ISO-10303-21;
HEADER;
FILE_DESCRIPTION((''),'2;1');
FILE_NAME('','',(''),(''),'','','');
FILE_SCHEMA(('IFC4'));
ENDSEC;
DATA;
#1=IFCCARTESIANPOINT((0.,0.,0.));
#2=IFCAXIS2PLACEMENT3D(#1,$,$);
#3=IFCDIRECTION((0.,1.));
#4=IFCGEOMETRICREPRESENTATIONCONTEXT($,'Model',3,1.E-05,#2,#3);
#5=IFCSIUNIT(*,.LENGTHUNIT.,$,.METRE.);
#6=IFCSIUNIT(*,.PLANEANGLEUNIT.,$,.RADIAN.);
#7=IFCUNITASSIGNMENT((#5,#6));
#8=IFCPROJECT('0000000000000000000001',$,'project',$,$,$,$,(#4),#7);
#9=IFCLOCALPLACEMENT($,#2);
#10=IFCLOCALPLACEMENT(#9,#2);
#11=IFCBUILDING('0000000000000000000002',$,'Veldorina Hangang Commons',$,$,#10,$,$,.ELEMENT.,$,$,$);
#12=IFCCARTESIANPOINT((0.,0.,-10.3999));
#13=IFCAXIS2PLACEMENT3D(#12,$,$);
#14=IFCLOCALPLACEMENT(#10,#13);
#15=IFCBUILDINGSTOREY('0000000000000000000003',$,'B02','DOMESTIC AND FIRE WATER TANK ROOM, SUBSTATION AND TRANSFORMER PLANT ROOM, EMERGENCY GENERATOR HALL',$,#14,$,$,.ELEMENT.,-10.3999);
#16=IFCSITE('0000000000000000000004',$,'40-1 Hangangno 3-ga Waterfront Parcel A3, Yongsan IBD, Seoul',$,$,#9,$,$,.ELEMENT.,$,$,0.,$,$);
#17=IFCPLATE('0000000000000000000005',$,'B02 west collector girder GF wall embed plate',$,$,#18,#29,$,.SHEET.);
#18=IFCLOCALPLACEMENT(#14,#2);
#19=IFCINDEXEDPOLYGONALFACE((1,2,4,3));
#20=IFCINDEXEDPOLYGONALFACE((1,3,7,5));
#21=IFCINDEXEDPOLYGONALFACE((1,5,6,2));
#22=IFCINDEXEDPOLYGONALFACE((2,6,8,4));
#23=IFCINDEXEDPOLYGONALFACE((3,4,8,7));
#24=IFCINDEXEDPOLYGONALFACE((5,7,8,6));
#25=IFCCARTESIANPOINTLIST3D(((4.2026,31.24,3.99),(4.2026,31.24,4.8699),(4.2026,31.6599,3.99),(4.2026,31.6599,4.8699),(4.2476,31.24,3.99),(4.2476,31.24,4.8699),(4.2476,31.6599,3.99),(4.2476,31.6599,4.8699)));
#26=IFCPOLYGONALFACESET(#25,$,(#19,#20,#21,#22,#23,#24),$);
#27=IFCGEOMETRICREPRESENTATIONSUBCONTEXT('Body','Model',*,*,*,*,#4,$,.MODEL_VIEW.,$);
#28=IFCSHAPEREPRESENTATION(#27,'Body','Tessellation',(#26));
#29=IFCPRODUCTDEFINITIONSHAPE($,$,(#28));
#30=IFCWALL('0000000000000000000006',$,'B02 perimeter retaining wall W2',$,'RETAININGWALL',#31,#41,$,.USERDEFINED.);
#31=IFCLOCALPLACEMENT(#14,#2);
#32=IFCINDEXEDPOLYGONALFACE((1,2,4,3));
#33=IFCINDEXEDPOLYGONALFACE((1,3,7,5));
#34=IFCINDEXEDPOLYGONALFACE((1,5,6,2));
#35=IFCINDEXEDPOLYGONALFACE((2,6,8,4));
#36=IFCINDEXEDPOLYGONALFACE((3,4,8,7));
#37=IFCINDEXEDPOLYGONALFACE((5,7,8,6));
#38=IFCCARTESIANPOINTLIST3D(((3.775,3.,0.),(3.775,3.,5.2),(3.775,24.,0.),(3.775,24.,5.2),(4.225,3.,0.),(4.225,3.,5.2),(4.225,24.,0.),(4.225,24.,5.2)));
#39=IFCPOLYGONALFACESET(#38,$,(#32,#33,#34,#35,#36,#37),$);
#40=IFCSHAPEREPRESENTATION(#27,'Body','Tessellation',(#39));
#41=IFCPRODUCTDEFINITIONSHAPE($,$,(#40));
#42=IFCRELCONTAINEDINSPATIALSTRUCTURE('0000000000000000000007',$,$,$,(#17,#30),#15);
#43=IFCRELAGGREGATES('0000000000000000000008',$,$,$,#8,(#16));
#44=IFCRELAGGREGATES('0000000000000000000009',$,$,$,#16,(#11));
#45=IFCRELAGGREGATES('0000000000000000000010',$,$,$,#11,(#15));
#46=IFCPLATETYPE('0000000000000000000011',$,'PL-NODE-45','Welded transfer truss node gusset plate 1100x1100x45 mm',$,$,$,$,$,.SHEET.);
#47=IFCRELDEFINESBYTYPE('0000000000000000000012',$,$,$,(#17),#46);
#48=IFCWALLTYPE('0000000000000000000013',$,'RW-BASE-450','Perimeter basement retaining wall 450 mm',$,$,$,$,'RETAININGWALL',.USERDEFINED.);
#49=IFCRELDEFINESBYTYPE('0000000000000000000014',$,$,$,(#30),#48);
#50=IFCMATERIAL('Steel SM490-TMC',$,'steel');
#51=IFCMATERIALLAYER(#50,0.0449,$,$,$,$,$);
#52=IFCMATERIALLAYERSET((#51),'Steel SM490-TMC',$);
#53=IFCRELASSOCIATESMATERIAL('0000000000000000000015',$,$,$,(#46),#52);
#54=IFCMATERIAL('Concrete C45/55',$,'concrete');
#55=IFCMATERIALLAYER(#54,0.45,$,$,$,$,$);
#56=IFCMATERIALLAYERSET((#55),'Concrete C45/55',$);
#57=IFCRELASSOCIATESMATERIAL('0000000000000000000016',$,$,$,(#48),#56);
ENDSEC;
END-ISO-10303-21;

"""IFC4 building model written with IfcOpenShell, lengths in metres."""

from ifc_helpers import new_model, si_unit, direction, frame, frame_2d, origin, origin_2d, place, context, subcontext, project, spatial, rectangle, extrude, material, layer, layer_set, type_object, element, save


model = new_model("IFC4")

# Units and contexts
model_context = context("Model", 3, precision=1e-05, world=origin(), true_north=direction((0.0, 1.0)))
body_context = subcontext(model_context, "Body", "Model", "MODEL_VIEW")
ifc_project = project(units=[si_unit("LENGTHUNIT", "METRE"), si_unit("PLANEANGLEUNIT", "RADIAN")], contexts=[model_context])

# Site, building, storey
site_placement = place(None, origin())
site = spatial("IfcSite", under=ifc_project, at=site_placement, Name="40-1 Hangangno 3-ga Waterfront Parcel A3, Yongsan IBD, Seoul", CompositionType="ELEMENT", RefElevation=0.0)
building_placement = place(site_placement, origin())
building = spatial("IfcBuilding", under=site, at=building_placement, Name="Veldorina Hangang Commons", CompositionType="ELEMENT")
storey_placement = place(building_placement, frame((0.0, 0.0, -10.3999)))
storey = spatial("IfcBuildingStorey", under=building, at=storey_placement, Name="B02", Description="DOMESTIC AND FIRE WATER TANK ROOM, SUBSTATION AND TRANSFORMER PLANT ROOM, EMERGENCY GENERATOR HALL", CompositionType="ELEMENT", Elevation=-10.3999)

# Shared definitions
ifc_material_1 = material(Name="Concrete C45/55", Category="concrete")

# Plate
ifc_material_2 = material(Name="Steel SM490-TMC", Category="steel")
ifc_layer_1 = layer(ifc_material_2, 0.0449)
ifc_layer_set_1 = layer_set([ifc_layer_1], Name="Steel SM490-TMC")
plate_type = type_object("IfcPlateType", Name="PL-NODE-45", Description="Welded transfer truss node gusset plate 1100x1100x45 mm", PredefinedType="SHEET", material=ifc_layer_set_1)
plate_placement = place(storey_placement, frame((4.2251, 31.45, 3.99), z_axis=(0.0, 0.0, 1.0), x_axis=(1.0, 0.0, 0.0)))
element("IfcPlate", 1, at=plate_placement, inside=storey, type_object=plate_type, Name="B02 west collector girder GF wall embed plate", PredefinedType="SHEET", context=body_context, shape_type="SweptSolid", body=[
    extrude(rectangle(XDim=0.0449, YDim=0.4199, at=origin_2d()), origin(), (0.0, 0.0, 1.0), 0.8799),
])

# Wall
ifc_layer_2 = layer(ifc_material_1, 0.45)
ifc_layer_set_2 = layer_set([ifc_layer_2], Name="Concrete C45/55")
wall_type = type_object("IfcWallType", Name="RW-BASE-450", Description="Perimeter basement retaining wall 450 mm", ElementType="RETAININGWALL", PredefinedType="USERDEFINED", material=ifc_layer_set_2)
wall_placement = place(storey_placement, frame((4.0, 24.0, 0.0), z_axis=(0.0, 0.0, 1.0), x_axis=(0.0, -1.0, 0.0)))
element("IfcWall", 2, at=wall_placement, inside=storey, type_object=wall_type, Name="B02 perimeter retaining wall W2", ObjectType="RETAININGWALL", PredefinedType="USERDEFINED", context=body_context, shape_type="SweptSolid", body=[
    extrude(rectangle(XDim=21.0, YDim=0.45, at=frame_2d((10.5, 0.0))), origin(), (0.0, 0.0, 1.0), 5.2),
])

save(model, "model.ifc")
